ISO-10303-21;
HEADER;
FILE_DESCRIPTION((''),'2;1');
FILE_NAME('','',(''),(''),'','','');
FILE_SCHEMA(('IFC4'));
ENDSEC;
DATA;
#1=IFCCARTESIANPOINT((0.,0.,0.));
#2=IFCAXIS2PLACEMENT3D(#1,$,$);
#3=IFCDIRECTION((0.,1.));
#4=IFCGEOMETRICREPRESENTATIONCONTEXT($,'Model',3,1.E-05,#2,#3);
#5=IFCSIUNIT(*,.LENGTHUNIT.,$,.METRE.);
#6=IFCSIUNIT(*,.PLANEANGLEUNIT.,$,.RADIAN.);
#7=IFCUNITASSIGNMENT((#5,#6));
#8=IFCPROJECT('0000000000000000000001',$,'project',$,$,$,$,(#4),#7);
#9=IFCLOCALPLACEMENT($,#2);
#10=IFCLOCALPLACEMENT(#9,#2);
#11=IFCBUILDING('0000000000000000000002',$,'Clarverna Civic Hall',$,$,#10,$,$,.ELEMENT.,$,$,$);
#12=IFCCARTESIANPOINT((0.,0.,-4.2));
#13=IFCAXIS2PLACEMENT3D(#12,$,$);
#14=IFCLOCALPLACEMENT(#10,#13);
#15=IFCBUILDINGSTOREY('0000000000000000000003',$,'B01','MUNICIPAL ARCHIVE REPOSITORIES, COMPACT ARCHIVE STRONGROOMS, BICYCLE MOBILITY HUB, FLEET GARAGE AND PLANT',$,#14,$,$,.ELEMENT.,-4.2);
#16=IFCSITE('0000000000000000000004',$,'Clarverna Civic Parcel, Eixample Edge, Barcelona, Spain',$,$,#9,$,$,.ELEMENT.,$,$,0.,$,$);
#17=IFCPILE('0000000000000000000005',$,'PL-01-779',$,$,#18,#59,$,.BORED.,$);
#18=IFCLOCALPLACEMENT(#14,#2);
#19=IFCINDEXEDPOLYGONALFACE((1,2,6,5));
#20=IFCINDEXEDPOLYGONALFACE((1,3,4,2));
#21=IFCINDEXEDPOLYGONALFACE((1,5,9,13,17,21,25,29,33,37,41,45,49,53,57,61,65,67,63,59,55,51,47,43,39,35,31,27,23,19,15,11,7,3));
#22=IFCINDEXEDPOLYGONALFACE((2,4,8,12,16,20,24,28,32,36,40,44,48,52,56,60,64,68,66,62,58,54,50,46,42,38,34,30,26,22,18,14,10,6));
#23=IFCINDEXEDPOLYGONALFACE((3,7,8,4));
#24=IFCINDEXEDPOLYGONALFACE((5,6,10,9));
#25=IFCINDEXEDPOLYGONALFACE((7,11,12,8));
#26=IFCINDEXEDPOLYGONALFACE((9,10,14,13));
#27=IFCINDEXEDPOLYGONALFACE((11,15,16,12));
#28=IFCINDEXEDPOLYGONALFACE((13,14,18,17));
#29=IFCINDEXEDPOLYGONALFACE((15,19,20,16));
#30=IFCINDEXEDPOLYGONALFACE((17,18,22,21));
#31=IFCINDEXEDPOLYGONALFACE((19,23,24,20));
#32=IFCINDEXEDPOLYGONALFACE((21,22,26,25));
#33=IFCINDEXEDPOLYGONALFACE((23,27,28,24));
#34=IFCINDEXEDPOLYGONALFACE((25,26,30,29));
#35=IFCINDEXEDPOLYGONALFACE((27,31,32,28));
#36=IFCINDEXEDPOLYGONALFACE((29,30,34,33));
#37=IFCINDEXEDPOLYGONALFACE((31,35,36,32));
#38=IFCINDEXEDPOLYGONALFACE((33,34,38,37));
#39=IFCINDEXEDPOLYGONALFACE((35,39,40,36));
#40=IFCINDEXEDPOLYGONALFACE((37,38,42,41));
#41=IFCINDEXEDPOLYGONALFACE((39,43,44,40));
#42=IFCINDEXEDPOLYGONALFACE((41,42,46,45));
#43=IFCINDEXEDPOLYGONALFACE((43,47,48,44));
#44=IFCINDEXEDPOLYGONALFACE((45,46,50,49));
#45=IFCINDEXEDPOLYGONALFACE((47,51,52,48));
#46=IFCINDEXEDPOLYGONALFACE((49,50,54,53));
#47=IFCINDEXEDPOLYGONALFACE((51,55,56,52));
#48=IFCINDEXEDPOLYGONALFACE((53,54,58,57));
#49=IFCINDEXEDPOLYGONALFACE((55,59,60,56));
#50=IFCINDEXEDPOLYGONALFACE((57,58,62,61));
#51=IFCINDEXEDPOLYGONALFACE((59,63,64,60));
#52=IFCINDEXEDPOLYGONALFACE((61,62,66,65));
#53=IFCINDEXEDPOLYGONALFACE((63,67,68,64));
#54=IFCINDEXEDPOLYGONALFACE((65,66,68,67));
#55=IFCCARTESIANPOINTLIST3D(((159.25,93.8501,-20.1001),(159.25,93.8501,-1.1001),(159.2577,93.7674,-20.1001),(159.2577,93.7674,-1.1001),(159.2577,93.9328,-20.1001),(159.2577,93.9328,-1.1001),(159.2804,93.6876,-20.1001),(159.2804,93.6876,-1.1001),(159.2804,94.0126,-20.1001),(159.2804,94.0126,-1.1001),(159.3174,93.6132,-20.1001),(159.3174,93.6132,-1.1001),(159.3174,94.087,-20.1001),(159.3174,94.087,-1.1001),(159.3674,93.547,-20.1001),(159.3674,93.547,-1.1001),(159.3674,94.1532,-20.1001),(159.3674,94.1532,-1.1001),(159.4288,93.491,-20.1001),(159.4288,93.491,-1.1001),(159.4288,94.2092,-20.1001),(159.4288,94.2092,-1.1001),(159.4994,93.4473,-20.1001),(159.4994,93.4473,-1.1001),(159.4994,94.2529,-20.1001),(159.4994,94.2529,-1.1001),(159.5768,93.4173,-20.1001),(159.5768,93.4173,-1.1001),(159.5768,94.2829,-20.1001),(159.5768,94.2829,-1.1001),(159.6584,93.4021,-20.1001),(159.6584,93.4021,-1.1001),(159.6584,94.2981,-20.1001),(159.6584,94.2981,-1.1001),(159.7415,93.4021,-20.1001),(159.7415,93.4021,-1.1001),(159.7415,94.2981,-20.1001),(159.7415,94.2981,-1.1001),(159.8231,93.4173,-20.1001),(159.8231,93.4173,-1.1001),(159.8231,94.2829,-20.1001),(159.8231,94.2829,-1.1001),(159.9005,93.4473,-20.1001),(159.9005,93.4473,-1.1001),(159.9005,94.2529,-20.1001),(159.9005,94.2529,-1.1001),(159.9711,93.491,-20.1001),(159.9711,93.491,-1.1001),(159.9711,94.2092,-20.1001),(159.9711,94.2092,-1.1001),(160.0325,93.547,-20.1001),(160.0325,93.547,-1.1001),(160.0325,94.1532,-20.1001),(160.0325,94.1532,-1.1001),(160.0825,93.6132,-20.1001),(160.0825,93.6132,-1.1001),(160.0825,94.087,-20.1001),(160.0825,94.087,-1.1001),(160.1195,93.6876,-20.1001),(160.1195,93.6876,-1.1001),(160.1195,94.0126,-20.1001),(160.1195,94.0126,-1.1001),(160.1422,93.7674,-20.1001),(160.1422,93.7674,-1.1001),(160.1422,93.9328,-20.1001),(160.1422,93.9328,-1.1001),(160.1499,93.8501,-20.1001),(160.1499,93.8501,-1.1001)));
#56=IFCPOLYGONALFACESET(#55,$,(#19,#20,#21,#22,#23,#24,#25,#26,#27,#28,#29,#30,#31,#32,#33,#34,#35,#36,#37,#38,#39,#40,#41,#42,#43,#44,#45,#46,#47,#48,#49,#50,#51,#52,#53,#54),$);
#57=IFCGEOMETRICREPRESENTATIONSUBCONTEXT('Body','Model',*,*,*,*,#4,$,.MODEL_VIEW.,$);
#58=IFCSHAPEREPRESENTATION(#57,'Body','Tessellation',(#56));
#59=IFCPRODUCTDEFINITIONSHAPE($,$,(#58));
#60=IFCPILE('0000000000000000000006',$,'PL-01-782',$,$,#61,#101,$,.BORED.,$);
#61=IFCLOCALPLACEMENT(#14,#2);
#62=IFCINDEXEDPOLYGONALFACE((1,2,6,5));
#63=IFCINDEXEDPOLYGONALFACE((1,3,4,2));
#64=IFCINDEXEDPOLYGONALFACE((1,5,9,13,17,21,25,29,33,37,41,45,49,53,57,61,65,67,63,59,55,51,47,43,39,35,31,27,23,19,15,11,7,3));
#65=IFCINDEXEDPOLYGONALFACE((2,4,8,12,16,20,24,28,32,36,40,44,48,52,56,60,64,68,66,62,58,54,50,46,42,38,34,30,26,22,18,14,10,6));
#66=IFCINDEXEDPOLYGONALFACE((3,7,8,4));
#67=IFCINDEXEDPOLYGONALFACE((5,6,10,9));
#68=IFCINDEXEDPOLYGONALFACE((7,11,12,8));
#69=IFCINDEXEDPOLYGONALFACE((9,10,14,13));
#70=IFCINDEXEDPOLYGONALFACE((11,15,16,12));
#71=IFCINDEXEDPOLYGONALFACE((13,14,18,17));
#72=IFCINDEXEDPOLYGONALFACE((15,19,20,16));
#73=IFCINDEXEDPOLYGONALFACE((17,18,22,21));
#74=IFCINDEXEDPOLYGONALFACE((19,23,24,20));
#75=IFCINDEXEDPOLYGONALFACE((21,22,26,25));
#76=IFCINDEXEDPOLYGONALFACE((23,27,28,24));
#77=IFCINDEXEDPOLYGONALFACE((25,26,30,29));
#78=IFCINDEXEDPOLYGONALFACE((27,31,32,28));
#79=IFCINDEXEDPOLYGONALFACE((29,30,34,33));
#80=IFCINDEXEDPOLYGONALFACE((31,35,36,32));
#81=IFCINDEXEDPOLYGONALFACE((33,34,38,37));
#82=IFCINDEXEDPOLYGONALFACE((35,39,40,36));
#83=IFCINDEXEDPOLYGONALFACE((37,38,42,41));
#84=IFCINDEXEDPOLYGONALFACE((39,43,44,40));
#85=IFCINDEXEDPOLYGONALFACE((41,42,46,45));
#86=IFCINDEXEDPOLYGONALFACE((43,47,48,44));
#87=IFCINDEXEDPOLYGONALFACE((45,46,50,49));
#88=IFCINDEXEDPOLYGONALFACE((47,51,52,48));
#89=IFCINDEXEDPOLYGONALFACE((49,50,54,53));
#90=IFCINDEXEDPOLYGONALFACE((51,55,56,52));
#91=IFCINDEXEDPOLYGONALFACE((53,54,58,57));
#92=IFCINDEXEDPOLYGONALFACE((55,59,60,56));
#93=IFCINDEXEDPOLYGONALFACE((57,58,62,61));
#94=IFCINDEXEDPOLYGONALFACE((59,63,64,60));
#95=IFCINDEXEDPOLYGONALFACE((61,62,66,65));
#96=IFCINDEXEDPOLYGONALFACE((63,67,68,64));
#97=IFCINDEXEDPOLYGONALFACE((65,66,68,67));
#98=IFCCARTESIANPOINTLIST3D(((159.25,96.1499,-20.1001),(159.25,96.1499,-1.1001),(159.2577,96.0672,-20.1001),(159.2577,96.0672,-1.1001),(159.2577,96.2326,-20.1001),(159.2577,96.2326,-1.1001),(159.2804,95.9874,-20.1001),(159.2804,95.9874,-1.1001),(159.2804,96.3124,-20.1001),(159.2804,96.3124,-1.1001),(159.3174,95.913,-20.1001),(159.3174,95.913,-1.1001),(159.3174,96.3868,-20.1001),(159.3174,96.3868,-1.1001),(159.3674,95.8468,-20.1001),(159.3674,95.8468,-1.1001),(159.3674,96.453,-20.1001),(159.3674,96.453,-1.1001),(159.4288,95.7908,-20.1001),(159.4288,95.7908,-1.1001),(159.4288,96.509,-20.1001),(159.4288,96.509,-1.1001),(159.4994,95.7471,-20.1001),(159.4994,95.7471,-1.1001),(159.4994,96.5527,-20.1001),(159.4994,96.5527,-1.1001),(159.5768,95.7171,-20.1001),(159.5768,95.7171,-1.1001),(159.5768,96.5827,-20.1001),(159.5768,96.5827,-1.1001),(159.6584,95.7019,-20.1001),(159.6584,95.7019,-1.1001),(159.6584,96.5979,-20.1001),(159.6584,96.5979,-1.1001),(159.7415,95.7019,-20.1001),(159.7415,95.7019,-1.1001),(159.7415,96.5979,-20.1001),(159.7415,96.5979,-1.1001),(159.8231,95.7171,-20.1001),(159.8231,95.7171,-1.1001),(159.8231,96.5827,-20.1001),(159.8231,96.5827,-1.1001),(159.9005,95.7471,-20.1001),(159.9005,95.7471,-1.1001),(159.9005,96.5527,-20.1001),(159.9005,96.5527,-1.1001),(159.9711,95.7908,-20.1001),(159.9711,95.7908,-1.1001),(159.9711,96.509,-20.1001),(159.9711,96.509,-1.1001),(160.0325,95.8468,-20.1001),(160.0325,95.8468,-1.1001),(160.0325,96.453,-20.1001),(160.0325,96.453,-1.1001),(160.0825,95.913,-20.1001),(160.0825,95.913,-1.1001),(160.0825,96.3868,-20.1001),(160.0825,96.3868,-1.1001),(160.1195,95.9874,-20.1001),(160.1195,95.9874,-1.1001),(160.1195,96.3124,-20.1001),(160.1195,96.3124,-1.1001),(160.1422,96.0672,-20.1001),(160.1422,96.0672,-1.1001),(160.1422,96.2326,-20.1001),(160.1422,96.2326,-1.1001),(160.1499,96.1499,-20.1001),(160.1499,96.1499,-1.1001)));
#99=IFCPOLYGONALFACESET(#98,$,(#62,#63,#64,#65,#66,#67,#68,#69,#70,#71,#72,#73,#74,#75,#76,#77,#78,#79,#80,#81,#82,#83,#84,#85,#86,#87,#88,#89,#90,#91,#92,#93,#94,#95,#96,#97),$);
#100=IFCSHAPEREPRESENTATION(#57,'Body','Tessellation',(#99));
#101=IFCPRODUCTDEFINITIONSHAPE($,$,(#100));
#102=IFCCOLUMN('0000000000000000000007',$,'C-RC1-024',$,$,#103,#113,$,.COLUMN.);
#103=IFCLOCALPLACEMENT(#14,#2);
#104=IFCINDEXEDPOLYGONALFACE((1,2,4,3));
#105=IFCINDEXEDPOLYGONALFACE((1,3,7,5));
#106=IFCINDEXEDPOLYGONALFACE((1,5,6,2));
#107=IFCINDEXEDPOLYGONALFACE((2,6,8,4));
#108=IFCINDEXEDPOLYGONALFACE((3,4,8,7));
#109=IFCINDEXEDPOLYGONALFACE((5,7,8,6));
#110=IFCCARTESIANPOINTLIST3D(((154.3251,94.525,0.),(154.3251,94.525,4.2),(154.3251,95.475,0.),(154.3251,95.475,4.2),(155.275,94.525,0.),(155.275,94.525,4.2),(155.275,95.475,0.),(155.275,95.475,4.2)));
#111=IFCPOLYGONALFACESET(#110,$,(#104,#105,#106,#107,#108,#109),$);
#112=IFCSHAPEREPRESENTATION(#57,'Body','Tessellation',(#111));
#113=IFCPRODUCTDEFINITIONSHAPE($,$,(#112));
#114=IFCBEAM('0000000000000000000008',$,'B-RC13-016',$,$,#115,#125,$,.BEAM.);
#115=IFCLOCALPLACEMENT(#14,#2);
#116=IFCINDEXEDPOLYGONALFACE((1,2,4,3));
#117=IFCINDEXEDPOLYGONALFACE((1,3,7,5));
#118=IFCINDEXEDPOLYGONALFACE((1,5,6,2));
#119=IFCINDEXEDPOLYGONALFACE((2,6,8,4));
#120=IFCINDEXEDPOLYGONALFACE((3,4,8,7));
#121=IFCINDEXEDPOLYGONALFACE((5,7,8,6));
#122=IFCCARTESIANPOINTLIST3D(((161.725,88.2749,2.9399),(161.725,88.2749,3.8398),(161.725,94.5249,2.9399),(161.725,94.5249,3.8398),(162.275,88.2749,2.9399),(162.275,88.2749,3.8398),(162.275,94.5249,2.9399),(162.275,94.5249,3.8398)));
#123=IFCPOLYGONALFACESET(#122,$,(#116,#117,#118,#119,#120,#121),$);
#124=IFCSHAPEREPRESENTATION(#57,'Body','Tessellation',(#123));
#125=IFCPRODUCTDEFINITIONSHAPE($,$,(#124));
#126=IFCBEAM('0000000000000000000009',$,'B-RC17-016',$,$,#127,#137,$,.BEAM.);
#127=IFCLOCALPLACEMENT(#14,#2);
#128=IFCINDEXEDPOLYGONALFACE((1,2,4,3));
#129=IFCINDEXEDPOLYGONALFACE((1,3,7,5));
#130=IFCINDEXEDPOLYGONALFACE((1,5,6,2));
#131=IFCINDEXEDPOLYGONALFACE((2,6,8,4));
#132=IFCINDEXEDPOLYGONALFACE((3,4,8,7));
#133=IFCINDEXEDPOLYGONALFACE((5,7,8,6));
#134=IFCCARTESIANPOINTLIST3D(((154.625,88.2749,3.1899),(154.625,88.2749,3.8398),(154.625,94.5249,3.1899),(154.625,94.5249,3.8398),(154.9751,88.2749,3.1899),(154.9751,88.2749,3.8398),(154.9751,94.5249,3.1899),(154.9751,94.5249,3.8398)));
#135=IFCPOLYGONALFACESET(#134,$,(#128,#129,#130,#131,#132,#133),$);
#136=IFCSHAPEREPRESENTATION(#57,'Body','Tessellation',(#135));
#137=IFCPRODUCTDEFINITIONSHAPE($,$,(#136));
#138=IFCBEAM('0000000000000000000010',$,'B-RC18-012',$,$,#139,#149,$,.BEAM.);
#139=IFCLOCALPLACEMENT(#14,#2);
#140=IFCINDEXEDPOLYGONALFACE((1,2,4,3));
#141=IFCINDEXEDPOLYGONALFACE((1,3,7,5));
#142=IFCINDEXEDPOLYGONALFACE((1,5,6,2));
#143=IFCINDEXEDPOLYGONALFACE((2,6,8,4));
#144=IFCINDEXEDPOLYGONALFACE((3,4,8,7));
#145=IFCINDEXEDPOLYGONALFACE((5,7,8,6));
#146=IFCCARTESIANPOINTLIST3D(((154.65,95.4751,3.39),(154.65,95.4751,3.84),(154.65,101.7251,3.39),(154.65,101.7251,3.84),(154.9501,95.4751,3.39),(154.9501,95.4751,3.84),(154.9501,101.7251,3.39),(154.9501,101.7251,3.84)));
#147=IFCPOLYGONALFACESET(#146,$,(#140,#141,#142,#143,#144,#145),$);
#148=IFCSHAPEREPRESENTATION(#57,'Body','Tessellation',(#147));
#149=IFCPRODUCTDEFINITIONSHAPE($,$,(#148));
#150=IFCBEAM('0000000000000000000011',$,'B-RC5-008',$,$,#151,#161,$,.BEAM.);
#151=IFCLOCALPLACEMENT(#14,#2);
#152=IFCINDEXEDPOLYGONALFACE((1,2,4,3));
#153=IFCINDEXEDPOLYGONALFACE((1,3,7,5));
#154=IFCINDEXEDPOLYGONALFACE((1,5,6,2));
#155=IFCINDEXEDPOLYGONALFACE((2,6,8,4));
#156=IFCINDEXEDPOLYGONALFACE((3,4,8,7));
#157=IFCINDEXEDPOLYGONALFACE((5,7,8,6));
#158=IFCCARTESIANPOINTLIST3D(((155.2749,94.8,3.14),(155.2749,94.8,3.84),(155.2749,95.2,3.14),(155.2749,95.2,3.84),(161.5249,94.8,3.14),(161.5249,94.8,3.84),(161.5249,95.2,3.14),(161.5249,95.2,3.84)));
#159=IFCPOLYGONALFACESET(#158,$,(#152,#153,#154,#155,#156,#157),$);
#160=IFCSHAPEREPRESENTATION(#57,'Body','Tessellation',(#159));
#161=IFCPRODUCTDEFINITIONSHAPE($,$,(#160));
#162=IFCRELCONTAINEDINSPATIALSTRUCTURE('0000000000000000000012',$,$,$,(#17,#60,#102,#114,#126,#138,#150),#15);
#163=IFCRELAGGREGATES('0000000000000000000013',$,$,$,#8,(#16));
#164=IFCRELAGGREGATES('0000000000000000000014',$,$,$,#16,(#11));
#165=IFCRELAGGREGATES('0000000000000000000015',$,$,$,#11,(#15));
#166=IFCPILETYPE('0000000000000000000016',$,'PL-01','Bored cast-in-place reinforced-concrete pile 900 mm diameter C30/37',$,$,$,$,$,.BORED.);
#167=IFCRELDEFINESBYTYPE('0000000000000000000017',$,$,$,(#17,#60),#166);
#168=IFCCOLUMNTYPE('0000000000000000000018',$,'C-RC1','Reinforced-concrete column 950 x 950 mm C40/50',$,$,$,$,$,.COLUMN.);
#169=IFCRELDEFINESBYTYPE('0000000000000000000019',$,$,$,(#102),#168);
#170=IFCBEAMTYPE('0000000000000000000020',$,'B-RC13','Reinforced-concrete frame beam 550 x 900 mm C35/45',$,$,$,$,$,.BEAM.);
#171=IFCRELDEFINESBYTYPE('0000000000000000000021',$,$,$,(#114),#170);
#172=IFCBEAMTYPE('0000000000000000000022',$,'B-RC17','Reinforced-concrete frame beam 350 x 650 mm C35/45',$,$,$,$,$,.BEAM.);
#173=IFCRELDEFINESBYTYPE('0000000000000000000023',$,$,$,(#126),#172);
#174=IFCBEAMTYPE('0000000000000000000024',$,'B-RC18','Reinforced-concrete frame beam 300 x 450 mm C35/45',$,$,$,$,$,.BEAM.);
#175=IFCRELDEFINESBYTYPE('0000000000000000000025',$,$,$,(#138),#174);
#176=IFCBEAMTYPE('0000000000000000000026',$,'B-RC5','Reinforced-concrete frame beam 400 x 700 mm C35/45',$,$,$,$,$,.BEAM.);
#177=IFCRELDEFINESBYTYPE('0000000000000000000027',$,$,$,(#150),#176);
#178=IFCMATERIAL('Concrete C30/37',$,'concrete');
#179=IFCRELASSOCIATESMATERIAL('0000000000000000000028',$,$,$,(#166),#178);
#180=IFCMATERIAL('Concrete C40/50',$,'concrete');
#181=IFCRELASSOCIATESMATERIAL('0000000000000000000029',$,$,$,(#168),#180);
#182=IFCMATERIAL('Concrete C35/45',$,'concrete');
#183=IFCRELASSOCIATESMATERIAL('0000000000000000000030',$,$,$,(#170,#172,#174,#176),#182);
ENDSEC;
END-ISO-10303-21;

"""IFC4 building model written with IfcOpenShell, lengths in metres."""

from ifc_helpers import new_model, si_unit, direction, frame, origin, origin_2d, place, context, subcontext, project, spatial, rectangle, circle, extrude, material, material_profile, profile_set, type_object, element, save


model = new_model("IFC4")

# Units and contexts
model_context = context("Model", 3, precision=1e-05, world=origin(), true_north=direction((0.0, 1.0)))
body_context = subcontext(model_context, "Body", "Model", "MODEL_VIEW")
ifc_project = project(units=[si_unit("LENGTHUNIT", "METRE"), si_unit("PLANEANGLEUNIT", "RADIAN")], contexts=[model_context])

# Site, building, storey
site_placement = place(None, origin())
site = spatial("IfcSite", under=ifc_project, at=site_placement, Name="Clarverna Civic Parcel, Eixample Edge, Barcelona, Spain", CompositionType="ELEMENT", RefElevation=0.0)
building_placement = place(site_placement, origin())
building = spatial("IfcBuilding", under=site, at=building_placement, Name="Clarverna Civic Hall", CompositionType="ELEMENT")
storey_placement = place(building_placement, frame((0.0, 0.0, -4.2)))
storey = spatial("IfcBuildingStorey", under=building, at=storey_placement, Name="B01", Description="MUNICIPAL ARCHIVE REPOSITORIES, COMPACT ARCHIVE STRONGROOMS, BICYCLE MOBILITY HUB, FLEET GARAGE AND PLANT", CompositionType="ELEMENT", Elevation=-4.2)

# Shared definitions
ifc_material_1 = material(Name="Concrete C30/37", Category="concrete")

# Piles
ifc_material_profile_1 = material_profile(ifc_material_1, circle(Radius=0.45, at=origin_2d()), Name="BORED PILE D900")
ifc_profile_set_1 = profile_set([ifc_material_profile_1], Name="Concrete C30/37")
pile_type = type_object("IfcPileType", Name="PL-01", Description="Bored cast-in-place reinforced-concrete pile 900 mm diameter C30/37", PredefinedType="BORED", material=ifc_profile_set_1)
for number, where, z_axis, x_axis, name in (
    (1, (159.7, 93.8501, -1.1001), (0.0, 0.0, -1.0), (1.0, 0.0, 0.0), "PL-01-779"),
    (2, (159.7, 96.1499, -1.1001), (0.0, 0.0, -1.0), (1.0, 0.0, 0.0), "PL-01-782"),
):
    element("IfcPile", number, at=place(storey_placement, frame(where, z_axis=z_axis, x_axis=x_axis)), inside=storey, type_object=pile_type, Name=name, PredefinedType="BORED", context=body_context, shape_type="SweptSolid", body=[
        extrude(circle(Radius=0.45, at=origin_2d()), origin(), (0.0, 0.0, 1.0), 19.0),
    ])

# Column
ifc_material_2 = material(Name="Concrete C40/50", Category="concrete")
ifc_material_profile_2 = material_profile(ifc_material_2, rectangle(XDim=0.95, YDim=0.95, at=origin_2d()), Name="RC 950x950")
ifc_profile_set_2 = profile_set([ifc_material_profile_2], Name="Concrete C40/50")
column_type = type_object("IfcColumnType", Name="C-RC1", Description="Reinforced-concrete column 950 x 950 mm C40/50", PredefinedType="COLUMN", material=ifc_profile_set_2)
column_placement = place(storey_placement, frame((154.8, 95.0, 0.0), z_axis=(0.0, 0.0, 1.0), x_axis=(1.0, 0.0, 0.0)))
element("IfcColumn", 3, at=column_placement, inside=storey, type_object=column_type, Name="C-RC1-024", PredefinedType="COLUMN", context=body_context, shape_type="SweptSolid", body=[
    extrude(rectangle(XDim=0.95, YDim=0.95, at=origin_2d()), origin(), (0.0, 0.0, 1.0), 4.2),
])

# Beams
ifc_material_3 = material(Name="Concrete C35/45", Category="concrete")
ifc_material_profile_3 = material_profile(ifc_material_3, rectangle(XDim=0.55, YDim=0.8999, at=origin_2d()), Name="RC 550x900")
ifc_profile_set_3 = profile_set([ifc_material_profile_3], Name="Concrete C35/45")
beam_type_1 = type_object("IfcBeamType", Name="B-RC13", Description="Reinforced-concrete frame beam 550 x 900 mm C35/45", PredefinedType="BEAM", material=ifc_profile_set_3)
beam_1_placement = place(storey_placement, frame((162.0, 88.2749, 3.3899), z_axis=(0.0, 1.0, 0.0), x_axis=(-1.0, 0.0, 0.0)))
element("IfcBeam", 4, at=beam_1_placement, inside=storey, type_object=beam_type_1, Name="B-RC13-016", PredefinedType="BEAM", context=body_context, shape_type="SweptSolid", body=[
    extrude(rectangle(XDim=0.55, YDim=0.8999, at=origin_2d()), origin(), (0.0, 0.0, 1.0), 6.25),
])
ifc_material_profile_4 = material_profile(ifc_material_3, rectangle(XDim=0.3501, YDim=0.6499, at=origin_2d()), Name="RC 350x650")
ifc_profile_set_4 = profile_set([ifc_material_profile_4], Name="Concrete C35/45")
beam_type_2 = type_object("IfcBeamType", Name="B-RC17", Description="Reinforced-concrete frame beam 350 x 650 mm C35/45", PredefinedType="BEAM", material=ifc_profile_set_4)
beam_2_placement = place(storey_placement, frame((154.8, 88.2749, 3.5149), z_axis=(0.0, 1.0, 0.0), x_axis=(-1.0, 0.0, 0.0)))
element("IfcBeam", 5, at=beam_2_placement, inside=storey, type_object=beam_type_2, Name="B-RC17-016", PredefinedType="BEAM", context=body_context, shape_type="SweptSolid", body=[
    extrude(rectangle(XDim=0.3501, YDim=0.6499, at=origin_2d()), origin(), (0.0, 0.0, 1.0), 6.25),
])
ifc_material_profile_5 = material_profile(ifc_material_3, rectangle(XDim=0.3, YDim=0.45, at=origin_2d()), Name="RC 300x450")
ifc_profile_set_5 = profile_set([ifc_material_profile_5], Name="Concrete C35/45")
beam_type_3 = type_object("IfcBeamType", Name="B-RC18", Description="Reinforced-concrete frame beam 300 x 450 mm C35/45", PredefinedType="BEAM", material=ifc_profile_set_5)
beam_3_placement = place(storey_placement, frame((154.8, 95.4751, 3.615), z_axis=(0.0, 1.0, 0.0), x_axis=(-1.0, 0.0, 0.0)))
element("IfcBeam", 6, at=beam_3_placement, inside=storey, type_object=beam_type_3, Name="B-RC18-012", PredefinedType="BEAM", context=body_context, shape_type="SweptSolid", body=[
    extrude(rectangle(XDim=0.3, YDim=0.45, at=origin_2d()), origin(), (0.0, 0.0, 1.0), 6.25),
])
ifc_material_profile_6 = material_profile(ifc_material_3, rectangle(XDim=0.3999, YDim=0.7, at=origin_2d()), Name="RC 400x700")
ifc_profile_set_6 = profile_set([ifc_material_profile_6], Name="Concrete C35/45")
beam_type_4 = type_object("IfcBeamType", Name="B-RC5", Description="Reinforced-concrete frame beam 400 x 700 mm C35/45", PredefinedType="BEAM", material=ifc_profile_set_6)
beam_4_placement = place(storey_placement, frame((155.2749, 95.0, 3.49), z_axis=(1.0, 0.0, 0.0), x_axis=(0.0, 1.0, 0.0)))
element("IfcBeam", 7, at=beam_4_placement, inside=storey, type_object=beam_type_4, Name="B-RC5-008", PredefinedType="BEAM", context=body_context, shape_type="SweptSolid", body=[
    extrude(rectangle(XDim=0.3999, YDim=0.7, at=origin_2d()), origin(), (0.0, 0.0, 1.0), 6.25),
])

save(model, "model.ifc")
